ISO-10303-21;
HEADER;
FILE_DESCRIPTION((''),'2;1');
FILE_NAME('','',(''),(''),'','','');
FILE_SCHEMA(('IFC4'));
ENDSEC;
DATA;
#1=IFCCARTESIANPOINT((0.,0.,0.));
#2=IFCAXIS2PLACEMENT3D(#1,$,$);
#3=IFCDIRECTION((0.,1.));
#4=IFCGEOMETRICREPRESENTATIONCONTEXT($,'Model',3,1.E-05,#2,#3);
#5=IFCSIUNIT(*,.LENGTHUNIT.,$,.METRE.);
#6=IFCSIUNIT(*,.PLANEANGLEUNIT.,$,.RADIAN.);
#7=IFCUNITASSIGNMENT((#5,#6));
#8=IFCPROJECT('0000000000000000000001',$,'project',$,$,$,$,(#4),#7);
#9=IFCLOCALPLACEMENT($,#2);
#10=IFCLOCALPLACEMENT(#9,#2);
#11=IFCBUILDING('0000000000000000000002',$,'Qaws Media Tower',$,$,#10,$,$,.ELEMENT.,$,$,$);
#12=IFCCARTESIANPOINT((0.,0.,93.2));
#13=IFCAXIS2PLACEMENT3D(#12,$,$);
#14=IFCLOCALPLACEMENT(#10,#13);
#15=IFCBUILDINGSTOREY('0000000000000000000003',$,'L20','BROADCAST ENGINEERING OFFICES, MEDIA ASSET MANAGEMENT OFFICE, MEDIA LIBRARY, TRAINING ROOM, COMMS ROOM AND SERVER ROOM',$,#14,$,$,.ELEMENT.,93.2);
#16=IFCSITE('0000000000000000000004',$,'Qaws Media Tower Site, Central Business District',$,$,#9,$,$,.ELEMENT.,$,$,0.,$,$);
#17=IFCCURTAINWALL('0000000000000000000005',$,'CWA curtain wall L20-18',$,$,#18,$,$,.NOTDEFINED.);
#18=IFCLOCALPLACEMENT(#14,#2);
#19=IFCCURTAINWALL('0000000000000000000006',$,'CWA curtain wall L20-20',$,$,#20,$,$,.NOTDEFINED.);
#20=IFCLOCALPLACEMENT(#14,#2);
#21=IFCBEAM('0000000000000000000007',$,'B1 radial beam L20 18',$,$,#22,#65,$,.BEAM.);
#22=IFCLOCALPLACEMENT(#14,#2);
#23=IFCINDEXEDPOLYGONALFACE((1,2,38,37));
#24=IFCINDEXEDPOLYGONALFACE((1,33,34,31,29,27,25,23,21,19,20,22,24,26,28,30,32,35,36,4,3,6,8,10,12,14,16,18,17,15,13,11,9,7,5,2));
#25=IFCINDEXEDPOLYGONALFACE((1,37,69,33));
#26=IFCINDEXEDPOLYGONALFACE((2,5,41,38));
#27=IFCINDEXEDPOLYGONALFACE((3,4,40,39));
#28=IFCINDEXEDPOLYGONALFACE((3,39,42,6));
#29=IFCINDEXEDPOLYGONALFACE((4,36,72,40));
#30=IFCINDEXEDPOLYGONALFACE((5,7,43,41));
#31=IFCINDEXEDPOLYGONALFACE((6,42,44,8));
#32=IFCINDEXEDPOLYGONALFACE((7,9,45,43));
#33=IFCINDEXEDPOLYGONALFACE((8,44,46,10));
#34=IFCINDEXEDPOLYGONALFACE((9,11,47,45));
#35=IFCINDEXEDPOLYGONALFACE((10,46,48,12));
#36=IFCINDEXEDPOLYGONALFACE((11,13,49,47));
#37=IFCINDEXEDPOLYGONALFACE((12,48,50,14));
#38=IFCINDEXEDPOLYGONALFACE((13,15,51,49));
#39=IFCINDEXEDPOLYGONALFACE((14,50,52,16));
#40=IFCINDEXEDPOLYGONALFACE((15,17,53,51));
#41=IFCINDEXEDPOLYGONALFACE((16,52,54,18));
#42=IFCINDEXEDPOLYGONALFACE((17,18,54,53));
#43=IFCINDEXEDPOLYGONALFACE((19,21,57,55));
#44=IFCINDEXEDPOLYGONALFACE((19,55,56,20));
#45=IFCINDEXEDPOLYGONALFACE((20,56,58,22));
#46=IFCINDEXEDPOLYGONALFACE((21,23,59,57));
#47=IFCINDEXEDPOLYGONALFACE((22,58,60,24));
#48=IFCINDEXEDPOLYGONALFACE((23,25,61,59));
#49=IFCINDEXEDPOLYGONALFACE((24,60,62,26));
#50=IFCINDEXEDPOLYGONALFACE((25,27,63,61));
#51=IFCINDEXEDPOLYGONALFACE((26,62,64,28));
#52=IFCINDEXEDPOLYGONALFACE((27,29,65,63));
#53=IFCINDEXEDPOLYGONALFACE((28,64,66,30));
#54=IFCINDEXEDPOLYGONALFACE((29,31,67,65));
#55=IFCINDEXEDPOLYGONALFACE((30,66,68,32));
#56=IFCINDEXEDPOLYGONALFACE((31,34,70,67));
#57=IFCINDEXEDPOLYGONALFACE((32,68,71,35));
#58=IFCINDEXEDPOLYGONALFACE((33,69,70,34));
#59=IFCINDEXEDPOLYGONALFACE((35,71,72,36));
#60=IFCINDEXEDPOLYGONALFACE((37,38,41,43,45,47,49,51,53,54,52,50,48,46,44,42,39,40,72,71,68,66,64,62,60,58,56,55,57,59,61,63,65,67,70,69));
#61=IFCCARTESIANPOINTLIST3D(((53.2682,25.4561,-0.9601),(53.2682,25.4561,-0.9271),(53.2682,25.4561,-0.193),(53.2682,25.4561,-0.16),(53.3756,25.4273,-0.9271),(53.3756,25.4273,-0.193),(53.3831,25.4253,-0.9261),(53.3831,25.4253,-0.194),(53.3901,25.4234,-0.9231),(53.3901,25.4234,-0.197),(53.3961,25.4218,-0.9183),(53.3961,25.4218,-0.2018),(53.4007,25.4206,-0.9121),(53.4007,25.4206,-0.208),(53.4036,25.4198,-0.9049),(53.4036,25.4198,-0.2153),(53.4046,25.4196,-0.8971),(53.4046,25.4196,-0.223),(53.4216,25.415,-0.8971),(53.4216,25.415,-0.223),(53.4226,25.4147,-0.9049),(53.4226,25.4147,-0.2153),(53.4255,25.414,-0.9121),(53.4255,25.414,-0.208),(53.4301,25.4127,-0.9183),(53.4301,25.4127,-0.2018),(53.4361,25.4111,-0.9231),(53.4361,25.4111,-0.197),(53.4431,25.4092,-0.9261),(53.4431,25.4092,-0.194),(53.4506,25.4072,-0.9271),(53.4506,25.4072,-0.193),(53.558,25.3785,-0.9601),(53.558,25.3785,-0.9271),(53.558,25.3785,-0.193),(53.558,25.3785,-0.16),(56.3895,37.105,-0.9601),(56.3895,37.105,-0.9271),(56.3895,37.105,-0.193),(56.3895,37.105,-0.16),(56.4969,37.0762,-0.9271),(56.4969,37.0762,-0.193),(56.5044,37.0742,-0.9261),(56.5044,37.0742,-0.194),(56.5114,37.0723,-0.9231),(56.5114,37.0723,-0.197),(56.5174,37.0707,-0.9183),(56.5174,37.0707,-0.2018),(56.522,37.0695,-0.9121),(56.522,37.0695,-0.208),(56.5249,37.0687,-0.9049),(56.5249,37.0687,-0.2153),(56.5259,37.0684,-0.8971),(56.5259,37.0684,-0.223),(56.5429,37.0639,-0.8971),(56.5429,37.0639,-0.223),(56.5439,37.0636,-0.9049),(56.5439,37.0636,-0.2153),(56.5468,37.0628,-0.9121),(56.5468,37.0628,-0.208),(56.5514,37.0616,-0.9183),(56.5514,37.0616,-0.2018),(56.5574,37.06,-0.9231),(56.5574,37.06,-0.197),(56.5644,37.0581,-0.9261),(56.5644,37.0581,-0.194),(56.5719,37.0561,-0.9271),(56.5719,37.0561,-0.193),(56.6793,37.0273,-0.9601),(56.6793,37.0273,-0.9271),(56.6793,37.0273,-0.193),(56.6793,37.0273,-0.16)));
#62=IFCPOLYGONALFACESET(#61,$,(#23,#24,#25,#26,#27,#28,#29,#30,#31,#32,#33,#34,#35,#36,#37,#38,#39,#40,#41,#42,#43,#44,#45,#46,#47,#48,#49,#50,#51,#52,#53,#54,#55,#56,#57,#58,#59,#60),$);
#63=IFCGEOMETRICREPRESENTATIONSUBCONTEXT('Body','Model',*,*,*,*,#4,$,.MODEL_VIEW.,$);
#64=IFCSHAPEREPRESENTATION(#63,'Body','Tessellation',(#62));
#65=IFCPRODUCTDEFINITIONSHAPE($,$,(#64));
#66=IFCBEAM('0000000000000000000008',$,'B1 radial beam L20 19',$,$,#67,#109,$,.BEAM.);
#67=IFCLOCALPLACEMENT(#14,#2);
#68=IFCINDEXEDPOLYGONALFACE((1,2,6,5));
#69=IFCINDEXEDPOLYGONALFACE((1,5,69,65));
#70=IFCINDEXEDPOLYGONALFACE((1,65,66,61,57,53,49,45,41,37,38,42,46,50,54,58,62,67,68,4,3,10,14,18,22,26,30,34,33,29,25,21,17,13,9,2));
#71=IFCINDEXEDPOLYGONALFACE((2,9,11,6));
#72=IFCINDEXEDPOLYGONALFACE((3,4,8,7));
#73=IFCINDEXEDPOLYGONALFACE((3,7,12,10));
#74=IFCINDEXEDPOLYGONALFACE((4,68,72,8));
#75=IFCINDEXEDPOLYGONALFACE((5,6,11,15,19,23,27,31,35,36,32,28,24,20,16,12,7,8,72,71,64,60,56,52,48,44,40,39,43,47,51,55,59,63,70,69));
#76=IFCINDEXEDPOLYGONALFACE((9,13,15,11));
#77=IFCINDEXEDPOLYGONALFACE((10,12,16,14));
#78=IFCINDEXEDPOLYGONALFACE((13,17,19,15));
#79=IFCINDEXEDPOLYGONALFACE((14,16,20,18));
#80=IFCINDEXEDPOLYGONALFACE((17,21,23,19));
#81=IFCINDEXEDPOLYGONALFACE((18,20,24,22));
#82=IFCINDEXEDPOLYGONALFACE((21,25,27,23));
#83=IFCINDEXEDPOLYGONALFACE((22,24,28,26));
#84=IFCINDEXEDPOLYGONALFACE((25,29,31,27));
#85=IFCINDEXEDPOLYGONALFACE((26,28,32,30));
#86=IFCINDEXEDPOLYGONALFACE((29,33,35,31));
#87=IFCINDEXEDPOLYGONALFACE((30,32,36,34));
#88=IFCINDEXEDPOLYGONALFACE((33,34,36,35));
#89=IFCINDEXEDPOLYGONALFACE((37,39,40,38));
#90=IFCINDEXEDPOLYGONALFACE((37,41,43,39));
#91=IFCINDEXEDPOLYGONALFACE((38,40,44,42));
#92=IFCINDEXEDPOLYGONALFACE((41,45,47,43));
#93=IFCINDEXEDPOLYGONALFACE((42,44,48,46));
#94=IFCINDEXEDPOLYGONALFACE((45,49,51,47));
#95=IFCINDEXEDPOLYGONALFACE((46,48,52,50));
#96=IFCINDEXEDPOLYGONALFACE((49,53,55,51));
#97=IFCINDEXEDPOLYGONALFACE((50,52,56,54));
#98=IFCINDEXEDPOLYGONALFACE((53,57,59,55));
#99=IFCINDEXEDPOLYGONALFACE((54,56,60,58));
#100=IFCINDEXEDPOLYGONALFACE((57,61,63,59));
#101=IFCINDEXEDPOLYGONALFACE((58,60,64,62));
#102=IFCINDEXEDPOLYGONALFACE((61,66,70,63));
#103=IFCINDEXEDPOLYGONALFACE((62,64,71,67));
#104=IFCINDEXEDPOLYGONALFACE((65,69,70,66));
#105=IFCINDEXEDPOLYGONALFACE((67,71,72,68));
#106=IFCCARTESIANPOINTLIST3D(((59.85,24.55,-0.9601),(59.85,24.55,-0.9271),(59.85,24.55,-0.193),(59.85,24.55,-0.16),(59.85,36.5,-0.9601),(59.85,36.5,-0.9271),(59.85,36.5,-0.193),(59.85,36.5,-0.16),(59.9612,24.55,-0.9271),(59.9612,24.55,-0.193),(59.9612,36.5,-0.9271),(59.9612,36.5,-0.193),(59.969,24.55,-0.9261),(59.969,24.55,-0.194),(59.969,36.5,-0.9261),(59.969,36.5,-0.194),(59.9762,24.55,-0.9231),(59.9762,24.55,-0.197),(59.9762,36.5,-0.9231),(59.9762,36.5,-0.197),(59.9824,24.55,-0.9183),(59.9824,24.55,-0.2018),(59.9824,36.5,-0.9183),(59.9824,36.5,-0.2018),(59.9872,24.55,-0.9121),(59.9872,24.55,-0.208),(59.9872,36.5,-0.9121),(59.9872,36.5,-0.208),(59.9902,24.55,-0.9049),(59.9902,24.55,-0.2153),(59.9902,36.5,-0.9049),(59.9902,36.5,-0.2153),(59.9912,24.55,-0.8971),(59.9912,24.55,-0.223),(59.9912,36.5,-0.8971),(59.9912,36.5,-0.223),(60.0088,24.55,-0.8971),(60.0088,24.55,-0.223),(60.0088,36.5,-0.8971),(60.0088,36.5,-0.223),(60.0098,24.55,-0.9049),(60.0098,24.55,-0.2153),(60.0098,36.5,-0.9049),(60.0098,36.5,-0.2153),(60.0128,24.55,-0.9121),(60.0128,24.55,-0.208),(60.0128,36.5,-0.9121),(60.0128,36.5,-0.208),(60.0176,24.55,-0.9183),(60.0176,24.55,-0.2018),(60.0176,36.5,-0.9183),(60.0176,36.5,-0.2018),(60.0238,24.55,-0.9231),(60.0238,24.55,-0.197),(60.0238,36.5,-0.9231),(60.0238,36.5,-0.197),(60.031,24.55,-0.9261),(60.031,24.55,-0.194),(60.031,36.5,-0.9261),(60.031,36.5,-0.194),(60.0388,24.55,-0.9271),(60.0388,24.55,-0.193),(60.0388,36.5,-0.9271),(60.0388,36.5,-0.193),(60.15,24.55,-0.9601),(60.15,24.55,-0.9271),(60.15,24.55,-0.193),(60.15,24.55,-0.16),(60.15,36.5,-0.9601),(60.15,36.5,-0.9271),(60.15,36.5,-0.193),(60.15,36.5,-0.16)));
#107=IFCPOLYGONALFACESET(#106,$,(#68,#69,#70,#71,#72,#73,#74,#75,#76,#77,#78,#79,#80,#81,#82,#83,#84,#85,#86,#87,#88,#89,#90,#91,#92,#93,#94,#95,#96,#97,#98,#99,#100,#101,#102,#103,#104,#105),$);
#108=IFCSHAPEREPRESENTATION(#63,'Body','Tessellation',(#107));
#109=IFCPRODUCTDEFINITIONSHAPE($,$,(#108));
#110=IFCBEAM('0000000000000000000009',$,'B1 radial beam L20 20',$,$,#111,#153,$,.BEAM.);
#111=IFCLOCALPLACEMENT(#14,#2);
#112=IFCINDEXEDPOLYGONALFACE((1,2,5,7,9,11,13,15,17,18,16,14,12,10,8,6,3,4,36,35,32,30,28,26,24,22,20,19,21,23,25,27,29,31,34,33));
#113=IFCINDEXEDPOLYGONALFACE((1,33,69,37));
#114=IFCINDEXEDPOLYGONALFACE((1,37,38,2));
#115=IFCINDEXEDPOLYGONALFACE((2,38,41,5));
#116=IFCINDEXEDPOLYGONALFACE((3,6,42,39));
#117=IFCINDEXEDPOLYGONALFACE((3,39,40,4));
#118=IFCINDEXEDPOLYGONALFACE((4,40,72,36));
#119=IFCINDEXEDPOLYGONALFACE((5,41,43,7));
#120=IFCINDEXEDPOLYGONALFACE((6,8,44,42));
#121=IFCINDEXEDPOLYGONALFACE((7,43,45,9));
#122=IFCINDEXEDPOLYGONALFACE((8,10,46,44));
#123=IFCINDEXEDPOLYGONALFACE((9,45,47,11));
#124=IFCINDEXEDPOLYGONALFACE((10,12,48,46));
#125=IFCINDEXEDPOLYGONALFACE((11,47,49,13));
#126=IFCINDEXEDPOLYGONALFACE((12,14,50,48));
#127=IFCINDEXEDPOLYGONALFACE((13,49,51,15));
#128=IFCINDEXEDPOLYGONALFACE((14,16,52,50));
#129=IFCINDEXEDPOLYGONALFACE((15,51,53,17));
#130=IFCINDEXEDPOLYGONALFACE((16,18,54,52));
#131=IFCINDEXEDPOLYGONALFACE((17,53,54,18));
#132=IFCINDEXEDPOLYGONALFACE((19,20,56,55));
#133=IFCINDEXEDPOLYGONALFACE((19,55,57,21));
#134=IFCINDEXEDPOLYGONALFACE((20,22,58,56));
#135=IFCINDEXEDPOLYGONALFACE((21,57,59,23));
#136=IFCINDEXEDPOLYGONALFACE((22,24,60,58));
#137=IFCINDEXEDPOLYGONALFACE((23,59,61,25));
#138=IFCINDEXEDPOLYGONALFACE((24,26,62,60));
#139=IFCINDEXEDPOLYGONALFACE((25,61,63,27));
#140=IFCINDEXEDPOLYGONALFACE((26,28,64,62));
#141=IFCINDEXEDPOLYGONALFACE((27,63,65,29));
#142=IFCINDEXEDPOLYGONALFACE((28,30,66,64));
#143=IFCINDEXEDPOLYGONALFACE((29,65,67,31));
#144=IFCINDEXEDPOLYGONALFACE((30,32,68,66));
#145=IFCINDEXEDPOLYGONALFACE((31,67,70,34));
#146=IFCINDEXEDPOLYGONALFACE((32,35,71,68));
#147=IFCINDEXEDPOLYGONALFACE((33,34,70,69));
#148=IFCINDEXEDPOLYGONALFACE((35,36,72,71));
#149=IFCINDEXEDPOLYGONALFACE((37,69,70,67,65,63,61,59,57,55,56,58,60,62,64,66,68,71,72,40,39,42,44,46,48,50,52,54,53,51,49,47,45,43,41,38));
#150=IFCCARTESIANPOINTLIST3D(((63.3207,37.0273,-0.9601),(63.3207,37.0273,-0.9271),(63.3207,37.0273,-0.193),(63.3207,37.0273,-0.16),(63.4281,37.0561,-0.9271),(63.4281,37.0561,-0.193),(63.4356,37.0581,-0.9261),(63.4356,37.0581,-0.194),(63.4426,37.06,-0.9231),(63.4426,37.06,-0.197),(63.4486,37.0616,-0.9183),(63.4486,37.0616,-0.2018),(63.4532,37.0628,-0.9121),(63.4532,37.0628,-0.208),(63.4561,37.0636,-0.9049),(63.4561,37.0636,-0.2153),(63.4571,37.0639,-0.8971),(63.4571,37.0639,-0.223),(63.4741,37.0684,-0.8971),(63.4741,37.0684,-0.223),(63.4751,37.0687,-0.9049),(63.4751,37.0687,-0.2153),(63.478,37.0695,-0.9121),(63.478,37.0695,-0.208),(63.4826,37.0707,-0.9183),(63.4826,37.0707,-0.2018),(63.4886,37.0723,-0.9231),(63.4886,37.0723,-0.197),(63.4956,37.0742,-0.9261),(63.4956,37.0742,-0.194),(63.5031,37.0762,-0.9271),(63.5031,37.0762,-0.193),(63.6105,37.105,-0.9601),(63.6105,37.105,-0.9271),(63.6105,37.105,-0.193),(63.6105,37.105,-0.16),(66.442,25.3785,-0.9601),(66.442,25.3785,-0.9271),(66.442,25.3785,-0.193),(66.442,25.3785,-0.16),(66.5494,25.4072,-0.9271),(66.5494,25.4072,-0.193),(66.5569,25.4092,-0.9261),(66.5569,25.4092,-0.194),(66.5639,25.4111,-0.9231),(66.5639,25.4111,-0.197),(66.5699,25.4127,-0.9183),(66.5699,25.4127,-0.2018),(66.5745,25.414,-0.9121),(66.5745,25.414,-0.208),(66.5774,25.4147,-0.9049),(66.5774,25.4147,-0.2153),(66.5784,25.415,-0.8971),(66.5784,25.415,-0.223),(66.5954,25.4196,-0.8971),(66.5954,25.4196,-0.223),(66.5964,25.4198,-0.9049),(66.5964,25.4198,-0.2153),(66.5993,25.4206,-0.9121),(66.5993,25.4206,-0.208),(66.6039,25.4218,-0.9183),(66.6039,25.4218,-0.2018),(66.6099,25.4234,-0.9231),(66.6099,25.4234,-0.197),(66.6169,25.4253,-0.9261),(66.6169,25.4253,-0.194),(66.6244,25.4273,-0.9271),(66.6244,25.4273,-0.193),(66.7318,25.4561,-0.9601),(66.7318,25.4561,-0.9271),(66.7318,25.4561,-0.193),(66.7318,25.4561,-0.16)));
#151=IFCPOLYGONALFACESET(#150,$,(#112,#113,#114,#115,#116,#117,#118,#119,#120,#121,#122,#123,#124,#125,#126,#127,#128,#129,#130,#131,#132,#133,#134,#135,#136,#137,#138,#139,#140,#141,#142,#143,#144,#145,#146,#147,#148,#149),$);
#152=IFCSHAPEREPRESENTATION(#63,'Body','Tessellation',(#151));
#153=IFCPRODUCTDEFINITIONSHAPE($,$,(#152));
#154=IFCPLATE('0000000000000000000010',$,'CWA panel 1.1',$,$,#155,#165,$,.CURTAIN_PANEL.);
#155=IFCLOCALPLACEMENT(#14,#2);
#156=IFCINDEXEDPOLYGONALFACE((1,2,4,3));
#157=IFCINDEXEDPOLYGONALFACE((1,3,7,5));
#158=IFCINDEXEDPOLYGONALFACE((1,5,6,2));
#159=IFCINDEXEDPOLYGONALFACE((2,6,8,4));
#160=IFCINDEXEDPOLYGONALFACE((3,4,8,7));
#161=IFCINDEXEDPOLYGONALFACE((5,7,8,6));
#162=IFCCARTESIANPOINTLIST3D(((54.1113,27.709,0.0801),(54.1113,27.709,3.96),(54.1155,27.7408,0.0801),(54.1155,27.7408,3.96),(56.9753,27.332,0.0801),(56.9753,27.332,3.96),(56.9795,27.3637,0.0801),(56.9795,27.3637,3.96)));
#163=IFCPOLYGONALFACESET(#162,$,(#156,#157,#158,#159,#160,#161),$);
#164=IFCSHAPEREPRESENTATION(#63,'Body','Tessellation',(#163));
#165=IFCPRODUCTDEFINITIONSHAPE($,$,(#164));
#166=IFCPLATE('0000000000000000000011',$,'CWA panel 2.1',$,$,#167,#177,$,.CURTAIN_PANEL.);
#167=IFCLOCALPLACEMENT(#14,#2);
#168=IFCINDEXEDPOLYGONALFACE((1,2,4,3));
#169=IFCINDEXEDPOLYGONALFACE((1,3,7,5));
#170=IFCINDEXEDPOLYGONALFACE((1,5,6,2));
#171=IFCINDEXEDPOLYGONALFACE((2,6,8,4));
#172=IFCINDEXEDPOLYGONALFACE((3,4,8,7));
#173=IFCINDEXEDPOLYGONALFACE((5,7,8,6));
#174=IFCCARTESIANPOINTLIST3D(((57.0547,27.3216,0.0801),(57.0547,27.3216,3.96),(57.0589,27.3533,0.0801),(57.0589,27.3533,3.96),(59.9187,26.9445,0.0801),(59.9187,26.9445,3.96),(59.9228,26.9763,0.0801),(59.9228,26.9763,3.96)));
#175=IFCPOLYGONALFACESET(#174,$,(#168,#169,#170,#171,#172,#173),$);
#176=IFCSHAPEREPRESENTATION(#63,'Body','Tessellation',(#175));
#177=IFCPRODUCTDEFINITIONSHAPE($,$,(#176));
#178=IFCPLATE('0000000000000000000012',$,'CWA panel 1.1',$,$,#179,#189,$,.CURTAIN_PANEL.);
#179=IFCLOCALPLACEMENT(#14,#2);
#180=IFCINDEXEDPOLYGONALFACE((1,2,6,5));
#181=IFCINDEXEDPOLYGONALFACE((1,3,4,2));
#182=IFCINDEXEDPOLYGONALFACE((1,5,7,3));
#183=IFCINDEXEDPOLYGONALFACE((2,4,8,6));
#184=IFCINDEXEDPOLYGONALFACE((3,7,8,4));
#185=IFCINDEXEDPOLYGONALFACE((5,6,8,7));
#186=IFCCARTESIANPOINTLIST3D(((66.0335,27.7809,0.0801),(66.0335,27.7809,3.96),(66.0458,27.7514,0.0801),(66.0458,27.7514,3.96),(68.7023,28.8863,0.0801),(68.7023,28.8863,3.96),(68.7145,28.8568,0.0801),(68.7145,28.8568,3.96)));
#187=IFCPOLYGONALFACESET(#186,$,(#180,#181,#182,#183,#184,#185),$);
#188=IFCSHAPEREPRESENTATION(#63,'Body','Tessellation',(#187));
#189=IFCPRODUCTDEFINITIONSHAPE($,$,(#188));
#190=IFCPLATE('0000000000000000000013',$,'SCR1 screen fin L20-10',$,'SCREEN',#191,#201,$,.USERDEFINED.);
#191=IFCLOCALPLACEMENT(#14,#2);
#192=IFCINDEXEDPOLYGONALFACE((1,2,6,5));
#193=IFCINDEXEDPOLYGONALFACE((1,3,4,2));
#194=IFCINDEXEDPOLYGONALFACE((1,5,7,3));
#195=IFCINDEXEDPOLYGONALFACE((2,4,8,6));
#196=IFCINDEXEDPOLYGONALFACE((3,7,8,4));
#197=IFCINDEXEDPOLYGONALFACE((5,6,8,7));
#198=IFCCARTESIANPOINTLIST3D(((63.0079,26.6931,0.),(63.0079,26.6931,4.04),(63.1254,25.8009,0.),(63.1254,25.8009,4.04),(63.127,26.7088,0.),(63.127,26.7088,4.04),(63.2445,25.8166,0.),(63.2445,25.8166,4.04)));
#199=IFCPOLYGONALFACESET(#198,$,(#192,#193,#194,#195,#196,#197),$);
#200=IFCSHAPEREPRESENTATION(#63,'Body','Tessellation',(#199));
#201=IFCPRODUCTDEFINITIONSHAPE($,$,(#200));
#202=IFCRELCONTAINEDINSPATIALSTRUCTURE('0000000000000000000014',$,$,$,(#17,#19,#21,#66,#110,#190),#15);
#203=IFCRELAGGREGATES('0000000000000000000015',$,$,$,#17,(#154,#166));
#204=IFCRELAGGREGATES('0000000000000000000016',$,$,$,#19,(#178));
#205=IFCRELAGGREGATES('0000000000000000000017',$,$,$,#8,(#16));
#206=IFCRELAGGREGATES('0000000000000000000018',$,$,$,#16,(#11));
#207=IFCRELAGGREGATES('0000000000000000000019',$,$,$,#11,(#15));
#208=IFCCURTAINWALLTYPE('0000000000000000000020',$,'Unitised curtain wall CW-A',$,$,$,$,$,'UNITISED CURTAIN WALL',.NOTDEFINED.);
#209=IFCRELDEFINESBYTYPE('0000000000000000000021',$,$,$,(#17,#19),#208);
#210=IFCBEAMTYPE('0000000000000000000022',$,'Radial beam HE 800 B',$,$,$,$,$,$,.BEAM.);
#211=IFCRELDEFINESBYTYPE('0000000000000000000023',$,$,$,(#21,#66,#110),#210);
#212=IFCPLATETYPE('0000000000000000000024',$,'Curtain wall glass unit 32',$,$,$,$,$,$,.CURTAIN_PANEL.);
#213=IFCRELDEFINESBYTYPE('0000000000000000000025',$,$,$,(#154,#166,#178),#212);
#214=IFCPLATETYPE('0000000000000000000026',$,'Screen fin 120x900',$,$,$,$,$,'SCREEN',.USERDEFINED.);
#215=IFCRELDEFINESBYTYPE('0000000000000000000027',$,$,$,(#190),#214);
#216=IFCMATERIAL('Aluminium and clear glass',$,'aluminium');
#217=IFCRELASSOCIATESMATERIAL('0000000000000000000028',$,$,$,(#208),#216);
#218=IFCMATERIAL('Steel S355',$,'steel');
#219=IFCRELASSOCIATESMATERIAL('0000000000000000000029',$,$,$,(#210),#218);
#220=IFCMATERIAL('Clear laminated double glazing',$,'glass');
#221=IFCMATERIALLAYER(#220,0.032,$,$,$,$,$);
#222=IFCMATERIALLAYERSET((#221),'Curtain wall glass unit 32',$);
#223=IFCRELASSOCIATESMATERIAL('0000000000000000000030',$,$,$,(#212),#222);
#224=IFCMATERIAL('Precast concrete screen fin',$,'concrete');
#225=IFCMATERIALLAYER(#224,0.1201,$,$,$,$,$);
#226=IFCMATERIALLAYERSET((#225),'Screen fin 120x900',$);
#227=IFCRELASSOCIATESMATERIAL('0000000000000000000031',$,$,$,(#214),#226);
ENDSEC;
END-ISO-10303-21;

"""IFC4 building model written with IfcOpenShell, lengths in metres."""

from ifc_helpers import new_model, si_unit, direction, frame, origin, origin_2d, place, context, subcontext, project, spatial, rectangle, i_section, extrude, material, layer, layer_set, material_profile, profile_set, type_object, element, aggregate, save


model = new_model("IFC4")

# Units and contexts
model_context = context("Model", 3, precision=1e-05, world=origin(), true_north=direction((0.0, 1.0)))
body_context = subcontext(model_context, "Body", "Model", "MODEL_VIEW")
ifc_project = project(units=[si_unit("LENGTHUNIT", "METRE"), si_unit("PLANEANGLEUNIT", "RADIAN")], contexts=[model_context])

# Site, building, storey
site_placement = place(None, origin())
site = spatial("IfcSite", under=ifc_project, at=site_placement, Name="Qaws Media Tower Site, Central Business District", CompositionType="ELEMENT", RefElevation=0.0)
building_placement = place(site_placement, origin())
building = spatial("IfcBuilding", under=site, at=building_placement, Name="Qaws Media Tower", CompositionType="ELEMENT")
storey_placement = place(building_placement, frame((0.0, 0.0, 93.2)))
storey = spatial("IfcBuildingStorey", under=building, at=storey_placement, Name="L20", Description="BROADCAST ENGINEERING OFFICES, MEDIA ASSET MANAGEMENT OFFICE, MEDIA LIBRARY, TRAINING ROOM, COMMS ROOM AND SERVER ROOM", CompositionType="ELEMENT", Elevation=93.2)

# Curtain walls
ifc_material_1 = material(Name="Aluminium and clear glass", Category="aluminium")
curtain_wall_type = type_object("IfcCurtainWallType", Name="Unitised curtain wall CW-A", ElementType="UNITISED CURTAIN WALL", PredefinedType="NOTDEFINED", material=ifc_material_1)
curtain_wall_1_placement = place(storey_placement, origin())
curtain_wall_1 = element("IfcCurtainWall", 1, at=curtain_wall_1_placement, inside=storey, type_object=curtain_wall_type, Name="CWA curtain wall L20-18", PredefinedType="NOTDEFINED")
curtain_wall_2_placement = place(storey_placement, origin())
curtain_wall_2 = element("IfcCurtainWall", 2, at=curtain_wall_2_placement, inside=storey, type_object=curtain_wall_type, Name="CWA curtain wall L20-20", PredefinedType="NOTDEFINED")

# Beams
ifc_material_2 = material(Name="Steel S355", Category="steel")
ifc_material_profile_1 = material_profile(ifc_material_2, i_section(OverallWidth=0.3, OverallDepth=0.8, WebThickness=0.0176, FlangeThickness=0.033, FilletRadius=0.03, at=origin_2d()), Name="HE 800 B")
ifc_profile_set_1 = profile_set([ifc_material_profile_1], Name="Steel S355")
beam_type_1 = type_object("IfcBeamType", Name="Radial beam HE 800 B", PredefinedType="BEAM", material=ifc_profile_set_1)
beam_1_placement = place(storey_placement, frame((56.5344, 37.0662, -0.5601), z_axis=(-0.25882, -0.965925, 0.0), x_axis=(0.965925, -0.25882, 0.0)))
element("IfcBeam", 3, at=beam_1_placement, inside=storey, type_object=beam_type_1, Name="B1 radial beam L20 18", PredefinedType="BEAM", context=body_context, shape_type="SweptSolid", body=[
    extrude(i_section(OverallWidth=0.3, OverallDepth=0.8, WebThickness=0.0176, FlangeThickness=0.033, FilletRadius=0.03, at=origin_2d()), origin(), (0.0, 0.0, 1.0), 12.0598),
])
beam_2_placement = place(storey_placement, frame((60.0, 36.5, -0.5601), z_axis=(0.0, -1.0, 0.0), x_axis=(1.0, 0.0, 0.0)))
element("IfcBeam", 4, at=beam_2_placement, inside=storey, type_object=beam_type_1, Name="B1 radial beam L20 19", PredefinedType="BEAM", context=body_context, shape_type="SweptSolid", body=[
    extrude(i_section(OverallWidth=0.3, OverallDepth=0.8, WebThickness=0.0176, FlangeThickness=0.033, FilletRadius=0.03, at=origin_2d()), origin(), (0.0, 0.0, 1.0), 11.95),
])
beam_3_placement = place(storey_placement, frame((63.4656, 37.0662, -0.5601), z_axis=(0.25882, -0.965925, 0.0), x_axis=(0.965925, 0.25882, 0.0)))
element("IfcBeam", 5, at=beam_3_placement, inside=storey, type_object=beam_type_1, Name="B1 radial beam L20 20", PredefinedType="BEAM", context=body_context, shape_type="SweptSolid", body=[
    extrude(i_section(OverallWidth=0.3, OverallDepth=0.8, WebThickness=0.0176, FlangeThickness=0.033, FilletRadius=0.03, at=origin_2d()), origin(), (0.0, 0.0, 1.0), 12.0598),
])

# Plates
ifc_material_3 = material(Name="Clear laminated double glazing", Category="glass")
ifc_layer_1 = layer(ifc_material_3, 0.032)
ifc_layer_set_1 = layer_set([ifc_layer_1], Name="Curtain wall glass unit 32")
plate_type_1 = type_object("IfcPlateType", Name="Curtain wall glass unit 32", PredefinedType="CURTAIN_PANEL", material=ifc_layer_set_1)
plate_1_placement = place(storey_placement, frame((55.5454, 27.5364, 0.0801), z_axis=(0.0, 0.0, 1.0), x_axis=(0.991445, -0.130526, 0.0)))
plate_1 = element("IfcPlate", 6, at=plate_1_placement, type_object=plate_type_1, Name="CWA panel 1.1", PredefinedType="CURTAIN_PANEL", context=body_context, shape_type="SweptSolid", body=[
    extrude(rectangle(XDim=2.8887, YDim=0.032, at=origin_2d()), origin(), (0.0, 0.0, 1.0), 3.8799),
])
plate_2_placement = place(storey_placement, frame((58.4888, 27.1489, 0.0801), z_axis=(0.0, 0.0, 1.0), x_axis=(0.991445, -0.130526, 0.0)))
plate_2 = element("IfcPlate", 7, at=plate_2_placement, type_object=plate_type_1, Name="CWA panel 2.1", PredefinedType="CURTAIN_PANEL", context=body_context, shape_type="SweptSolid", body=[
    extrude(rectangle(XDim=2.8887, YDim=0.032, at=origin_2d()), origin(), (0.0, 0.0, 1.0), 3.8799),
])
aggregate(curtain_wall_1, [plate_1, plate_2])
plate_3_placement = place(storey_placement, frame((67.374, 28.3188, 0.0801), z_axis=(0.0, 0.0, 1.0), x_axis=(0.92388, 0.382683, 0.0)))
plate_3 = element("IfcPlate", 8, at=plate_3_placement, type_object=plate_type_1, Name="CWA panel 1.1", PredefinedType="CURTAIN_PANEL", context=body_context, shape_type="SweptSolid", body=[
    extrude(rectangle(XDim=2.8887, YDim=0.032, at=origin_2d()), origin(), (0.0, 0.0, 1.0), 3.8799),
])
aggregate(curtain_wall_2, [plate_3])
ifc_material_4 = material(Name="Precast concrete screen fin", Category="concrete")
ifc_layer_2 = layer(ifc_material_4, 0.1201)
ifc_layer_set_2 = layer_set([ifc_layer_2], Name="Screen fin 120x900")
plate_type_2 = type_object("IfcPlateType", Name="Screen fin 120x900", ElementType="SCREEN", PredefinedType="USERDEFINED", material=ifc_layer_set_2)
plate_4_placement = place(storey_placement, frame((63.1262, 26.2549, 0.0), z_axis=(0.0, 0.0, 1.0), x_axis=(0.130526, -0.991445, 0.0)))
element("IfcPlate", 9, at=plate_4_placement, inside=storey, type_object=plate_type_2, Name="SCR1 screen fin L20-10", ObjectType="SCREEN", PredefinedType="USERDEFINED", context=body_context, shape_type="SweptSolid", body=[
    extrude(rectangle(XDim=0.8999, YDim=0.1201, at=origin_2d()), origin(), (0.0, 0.0, 1.0), 4.04),
])

save(model, "model.ifc")
